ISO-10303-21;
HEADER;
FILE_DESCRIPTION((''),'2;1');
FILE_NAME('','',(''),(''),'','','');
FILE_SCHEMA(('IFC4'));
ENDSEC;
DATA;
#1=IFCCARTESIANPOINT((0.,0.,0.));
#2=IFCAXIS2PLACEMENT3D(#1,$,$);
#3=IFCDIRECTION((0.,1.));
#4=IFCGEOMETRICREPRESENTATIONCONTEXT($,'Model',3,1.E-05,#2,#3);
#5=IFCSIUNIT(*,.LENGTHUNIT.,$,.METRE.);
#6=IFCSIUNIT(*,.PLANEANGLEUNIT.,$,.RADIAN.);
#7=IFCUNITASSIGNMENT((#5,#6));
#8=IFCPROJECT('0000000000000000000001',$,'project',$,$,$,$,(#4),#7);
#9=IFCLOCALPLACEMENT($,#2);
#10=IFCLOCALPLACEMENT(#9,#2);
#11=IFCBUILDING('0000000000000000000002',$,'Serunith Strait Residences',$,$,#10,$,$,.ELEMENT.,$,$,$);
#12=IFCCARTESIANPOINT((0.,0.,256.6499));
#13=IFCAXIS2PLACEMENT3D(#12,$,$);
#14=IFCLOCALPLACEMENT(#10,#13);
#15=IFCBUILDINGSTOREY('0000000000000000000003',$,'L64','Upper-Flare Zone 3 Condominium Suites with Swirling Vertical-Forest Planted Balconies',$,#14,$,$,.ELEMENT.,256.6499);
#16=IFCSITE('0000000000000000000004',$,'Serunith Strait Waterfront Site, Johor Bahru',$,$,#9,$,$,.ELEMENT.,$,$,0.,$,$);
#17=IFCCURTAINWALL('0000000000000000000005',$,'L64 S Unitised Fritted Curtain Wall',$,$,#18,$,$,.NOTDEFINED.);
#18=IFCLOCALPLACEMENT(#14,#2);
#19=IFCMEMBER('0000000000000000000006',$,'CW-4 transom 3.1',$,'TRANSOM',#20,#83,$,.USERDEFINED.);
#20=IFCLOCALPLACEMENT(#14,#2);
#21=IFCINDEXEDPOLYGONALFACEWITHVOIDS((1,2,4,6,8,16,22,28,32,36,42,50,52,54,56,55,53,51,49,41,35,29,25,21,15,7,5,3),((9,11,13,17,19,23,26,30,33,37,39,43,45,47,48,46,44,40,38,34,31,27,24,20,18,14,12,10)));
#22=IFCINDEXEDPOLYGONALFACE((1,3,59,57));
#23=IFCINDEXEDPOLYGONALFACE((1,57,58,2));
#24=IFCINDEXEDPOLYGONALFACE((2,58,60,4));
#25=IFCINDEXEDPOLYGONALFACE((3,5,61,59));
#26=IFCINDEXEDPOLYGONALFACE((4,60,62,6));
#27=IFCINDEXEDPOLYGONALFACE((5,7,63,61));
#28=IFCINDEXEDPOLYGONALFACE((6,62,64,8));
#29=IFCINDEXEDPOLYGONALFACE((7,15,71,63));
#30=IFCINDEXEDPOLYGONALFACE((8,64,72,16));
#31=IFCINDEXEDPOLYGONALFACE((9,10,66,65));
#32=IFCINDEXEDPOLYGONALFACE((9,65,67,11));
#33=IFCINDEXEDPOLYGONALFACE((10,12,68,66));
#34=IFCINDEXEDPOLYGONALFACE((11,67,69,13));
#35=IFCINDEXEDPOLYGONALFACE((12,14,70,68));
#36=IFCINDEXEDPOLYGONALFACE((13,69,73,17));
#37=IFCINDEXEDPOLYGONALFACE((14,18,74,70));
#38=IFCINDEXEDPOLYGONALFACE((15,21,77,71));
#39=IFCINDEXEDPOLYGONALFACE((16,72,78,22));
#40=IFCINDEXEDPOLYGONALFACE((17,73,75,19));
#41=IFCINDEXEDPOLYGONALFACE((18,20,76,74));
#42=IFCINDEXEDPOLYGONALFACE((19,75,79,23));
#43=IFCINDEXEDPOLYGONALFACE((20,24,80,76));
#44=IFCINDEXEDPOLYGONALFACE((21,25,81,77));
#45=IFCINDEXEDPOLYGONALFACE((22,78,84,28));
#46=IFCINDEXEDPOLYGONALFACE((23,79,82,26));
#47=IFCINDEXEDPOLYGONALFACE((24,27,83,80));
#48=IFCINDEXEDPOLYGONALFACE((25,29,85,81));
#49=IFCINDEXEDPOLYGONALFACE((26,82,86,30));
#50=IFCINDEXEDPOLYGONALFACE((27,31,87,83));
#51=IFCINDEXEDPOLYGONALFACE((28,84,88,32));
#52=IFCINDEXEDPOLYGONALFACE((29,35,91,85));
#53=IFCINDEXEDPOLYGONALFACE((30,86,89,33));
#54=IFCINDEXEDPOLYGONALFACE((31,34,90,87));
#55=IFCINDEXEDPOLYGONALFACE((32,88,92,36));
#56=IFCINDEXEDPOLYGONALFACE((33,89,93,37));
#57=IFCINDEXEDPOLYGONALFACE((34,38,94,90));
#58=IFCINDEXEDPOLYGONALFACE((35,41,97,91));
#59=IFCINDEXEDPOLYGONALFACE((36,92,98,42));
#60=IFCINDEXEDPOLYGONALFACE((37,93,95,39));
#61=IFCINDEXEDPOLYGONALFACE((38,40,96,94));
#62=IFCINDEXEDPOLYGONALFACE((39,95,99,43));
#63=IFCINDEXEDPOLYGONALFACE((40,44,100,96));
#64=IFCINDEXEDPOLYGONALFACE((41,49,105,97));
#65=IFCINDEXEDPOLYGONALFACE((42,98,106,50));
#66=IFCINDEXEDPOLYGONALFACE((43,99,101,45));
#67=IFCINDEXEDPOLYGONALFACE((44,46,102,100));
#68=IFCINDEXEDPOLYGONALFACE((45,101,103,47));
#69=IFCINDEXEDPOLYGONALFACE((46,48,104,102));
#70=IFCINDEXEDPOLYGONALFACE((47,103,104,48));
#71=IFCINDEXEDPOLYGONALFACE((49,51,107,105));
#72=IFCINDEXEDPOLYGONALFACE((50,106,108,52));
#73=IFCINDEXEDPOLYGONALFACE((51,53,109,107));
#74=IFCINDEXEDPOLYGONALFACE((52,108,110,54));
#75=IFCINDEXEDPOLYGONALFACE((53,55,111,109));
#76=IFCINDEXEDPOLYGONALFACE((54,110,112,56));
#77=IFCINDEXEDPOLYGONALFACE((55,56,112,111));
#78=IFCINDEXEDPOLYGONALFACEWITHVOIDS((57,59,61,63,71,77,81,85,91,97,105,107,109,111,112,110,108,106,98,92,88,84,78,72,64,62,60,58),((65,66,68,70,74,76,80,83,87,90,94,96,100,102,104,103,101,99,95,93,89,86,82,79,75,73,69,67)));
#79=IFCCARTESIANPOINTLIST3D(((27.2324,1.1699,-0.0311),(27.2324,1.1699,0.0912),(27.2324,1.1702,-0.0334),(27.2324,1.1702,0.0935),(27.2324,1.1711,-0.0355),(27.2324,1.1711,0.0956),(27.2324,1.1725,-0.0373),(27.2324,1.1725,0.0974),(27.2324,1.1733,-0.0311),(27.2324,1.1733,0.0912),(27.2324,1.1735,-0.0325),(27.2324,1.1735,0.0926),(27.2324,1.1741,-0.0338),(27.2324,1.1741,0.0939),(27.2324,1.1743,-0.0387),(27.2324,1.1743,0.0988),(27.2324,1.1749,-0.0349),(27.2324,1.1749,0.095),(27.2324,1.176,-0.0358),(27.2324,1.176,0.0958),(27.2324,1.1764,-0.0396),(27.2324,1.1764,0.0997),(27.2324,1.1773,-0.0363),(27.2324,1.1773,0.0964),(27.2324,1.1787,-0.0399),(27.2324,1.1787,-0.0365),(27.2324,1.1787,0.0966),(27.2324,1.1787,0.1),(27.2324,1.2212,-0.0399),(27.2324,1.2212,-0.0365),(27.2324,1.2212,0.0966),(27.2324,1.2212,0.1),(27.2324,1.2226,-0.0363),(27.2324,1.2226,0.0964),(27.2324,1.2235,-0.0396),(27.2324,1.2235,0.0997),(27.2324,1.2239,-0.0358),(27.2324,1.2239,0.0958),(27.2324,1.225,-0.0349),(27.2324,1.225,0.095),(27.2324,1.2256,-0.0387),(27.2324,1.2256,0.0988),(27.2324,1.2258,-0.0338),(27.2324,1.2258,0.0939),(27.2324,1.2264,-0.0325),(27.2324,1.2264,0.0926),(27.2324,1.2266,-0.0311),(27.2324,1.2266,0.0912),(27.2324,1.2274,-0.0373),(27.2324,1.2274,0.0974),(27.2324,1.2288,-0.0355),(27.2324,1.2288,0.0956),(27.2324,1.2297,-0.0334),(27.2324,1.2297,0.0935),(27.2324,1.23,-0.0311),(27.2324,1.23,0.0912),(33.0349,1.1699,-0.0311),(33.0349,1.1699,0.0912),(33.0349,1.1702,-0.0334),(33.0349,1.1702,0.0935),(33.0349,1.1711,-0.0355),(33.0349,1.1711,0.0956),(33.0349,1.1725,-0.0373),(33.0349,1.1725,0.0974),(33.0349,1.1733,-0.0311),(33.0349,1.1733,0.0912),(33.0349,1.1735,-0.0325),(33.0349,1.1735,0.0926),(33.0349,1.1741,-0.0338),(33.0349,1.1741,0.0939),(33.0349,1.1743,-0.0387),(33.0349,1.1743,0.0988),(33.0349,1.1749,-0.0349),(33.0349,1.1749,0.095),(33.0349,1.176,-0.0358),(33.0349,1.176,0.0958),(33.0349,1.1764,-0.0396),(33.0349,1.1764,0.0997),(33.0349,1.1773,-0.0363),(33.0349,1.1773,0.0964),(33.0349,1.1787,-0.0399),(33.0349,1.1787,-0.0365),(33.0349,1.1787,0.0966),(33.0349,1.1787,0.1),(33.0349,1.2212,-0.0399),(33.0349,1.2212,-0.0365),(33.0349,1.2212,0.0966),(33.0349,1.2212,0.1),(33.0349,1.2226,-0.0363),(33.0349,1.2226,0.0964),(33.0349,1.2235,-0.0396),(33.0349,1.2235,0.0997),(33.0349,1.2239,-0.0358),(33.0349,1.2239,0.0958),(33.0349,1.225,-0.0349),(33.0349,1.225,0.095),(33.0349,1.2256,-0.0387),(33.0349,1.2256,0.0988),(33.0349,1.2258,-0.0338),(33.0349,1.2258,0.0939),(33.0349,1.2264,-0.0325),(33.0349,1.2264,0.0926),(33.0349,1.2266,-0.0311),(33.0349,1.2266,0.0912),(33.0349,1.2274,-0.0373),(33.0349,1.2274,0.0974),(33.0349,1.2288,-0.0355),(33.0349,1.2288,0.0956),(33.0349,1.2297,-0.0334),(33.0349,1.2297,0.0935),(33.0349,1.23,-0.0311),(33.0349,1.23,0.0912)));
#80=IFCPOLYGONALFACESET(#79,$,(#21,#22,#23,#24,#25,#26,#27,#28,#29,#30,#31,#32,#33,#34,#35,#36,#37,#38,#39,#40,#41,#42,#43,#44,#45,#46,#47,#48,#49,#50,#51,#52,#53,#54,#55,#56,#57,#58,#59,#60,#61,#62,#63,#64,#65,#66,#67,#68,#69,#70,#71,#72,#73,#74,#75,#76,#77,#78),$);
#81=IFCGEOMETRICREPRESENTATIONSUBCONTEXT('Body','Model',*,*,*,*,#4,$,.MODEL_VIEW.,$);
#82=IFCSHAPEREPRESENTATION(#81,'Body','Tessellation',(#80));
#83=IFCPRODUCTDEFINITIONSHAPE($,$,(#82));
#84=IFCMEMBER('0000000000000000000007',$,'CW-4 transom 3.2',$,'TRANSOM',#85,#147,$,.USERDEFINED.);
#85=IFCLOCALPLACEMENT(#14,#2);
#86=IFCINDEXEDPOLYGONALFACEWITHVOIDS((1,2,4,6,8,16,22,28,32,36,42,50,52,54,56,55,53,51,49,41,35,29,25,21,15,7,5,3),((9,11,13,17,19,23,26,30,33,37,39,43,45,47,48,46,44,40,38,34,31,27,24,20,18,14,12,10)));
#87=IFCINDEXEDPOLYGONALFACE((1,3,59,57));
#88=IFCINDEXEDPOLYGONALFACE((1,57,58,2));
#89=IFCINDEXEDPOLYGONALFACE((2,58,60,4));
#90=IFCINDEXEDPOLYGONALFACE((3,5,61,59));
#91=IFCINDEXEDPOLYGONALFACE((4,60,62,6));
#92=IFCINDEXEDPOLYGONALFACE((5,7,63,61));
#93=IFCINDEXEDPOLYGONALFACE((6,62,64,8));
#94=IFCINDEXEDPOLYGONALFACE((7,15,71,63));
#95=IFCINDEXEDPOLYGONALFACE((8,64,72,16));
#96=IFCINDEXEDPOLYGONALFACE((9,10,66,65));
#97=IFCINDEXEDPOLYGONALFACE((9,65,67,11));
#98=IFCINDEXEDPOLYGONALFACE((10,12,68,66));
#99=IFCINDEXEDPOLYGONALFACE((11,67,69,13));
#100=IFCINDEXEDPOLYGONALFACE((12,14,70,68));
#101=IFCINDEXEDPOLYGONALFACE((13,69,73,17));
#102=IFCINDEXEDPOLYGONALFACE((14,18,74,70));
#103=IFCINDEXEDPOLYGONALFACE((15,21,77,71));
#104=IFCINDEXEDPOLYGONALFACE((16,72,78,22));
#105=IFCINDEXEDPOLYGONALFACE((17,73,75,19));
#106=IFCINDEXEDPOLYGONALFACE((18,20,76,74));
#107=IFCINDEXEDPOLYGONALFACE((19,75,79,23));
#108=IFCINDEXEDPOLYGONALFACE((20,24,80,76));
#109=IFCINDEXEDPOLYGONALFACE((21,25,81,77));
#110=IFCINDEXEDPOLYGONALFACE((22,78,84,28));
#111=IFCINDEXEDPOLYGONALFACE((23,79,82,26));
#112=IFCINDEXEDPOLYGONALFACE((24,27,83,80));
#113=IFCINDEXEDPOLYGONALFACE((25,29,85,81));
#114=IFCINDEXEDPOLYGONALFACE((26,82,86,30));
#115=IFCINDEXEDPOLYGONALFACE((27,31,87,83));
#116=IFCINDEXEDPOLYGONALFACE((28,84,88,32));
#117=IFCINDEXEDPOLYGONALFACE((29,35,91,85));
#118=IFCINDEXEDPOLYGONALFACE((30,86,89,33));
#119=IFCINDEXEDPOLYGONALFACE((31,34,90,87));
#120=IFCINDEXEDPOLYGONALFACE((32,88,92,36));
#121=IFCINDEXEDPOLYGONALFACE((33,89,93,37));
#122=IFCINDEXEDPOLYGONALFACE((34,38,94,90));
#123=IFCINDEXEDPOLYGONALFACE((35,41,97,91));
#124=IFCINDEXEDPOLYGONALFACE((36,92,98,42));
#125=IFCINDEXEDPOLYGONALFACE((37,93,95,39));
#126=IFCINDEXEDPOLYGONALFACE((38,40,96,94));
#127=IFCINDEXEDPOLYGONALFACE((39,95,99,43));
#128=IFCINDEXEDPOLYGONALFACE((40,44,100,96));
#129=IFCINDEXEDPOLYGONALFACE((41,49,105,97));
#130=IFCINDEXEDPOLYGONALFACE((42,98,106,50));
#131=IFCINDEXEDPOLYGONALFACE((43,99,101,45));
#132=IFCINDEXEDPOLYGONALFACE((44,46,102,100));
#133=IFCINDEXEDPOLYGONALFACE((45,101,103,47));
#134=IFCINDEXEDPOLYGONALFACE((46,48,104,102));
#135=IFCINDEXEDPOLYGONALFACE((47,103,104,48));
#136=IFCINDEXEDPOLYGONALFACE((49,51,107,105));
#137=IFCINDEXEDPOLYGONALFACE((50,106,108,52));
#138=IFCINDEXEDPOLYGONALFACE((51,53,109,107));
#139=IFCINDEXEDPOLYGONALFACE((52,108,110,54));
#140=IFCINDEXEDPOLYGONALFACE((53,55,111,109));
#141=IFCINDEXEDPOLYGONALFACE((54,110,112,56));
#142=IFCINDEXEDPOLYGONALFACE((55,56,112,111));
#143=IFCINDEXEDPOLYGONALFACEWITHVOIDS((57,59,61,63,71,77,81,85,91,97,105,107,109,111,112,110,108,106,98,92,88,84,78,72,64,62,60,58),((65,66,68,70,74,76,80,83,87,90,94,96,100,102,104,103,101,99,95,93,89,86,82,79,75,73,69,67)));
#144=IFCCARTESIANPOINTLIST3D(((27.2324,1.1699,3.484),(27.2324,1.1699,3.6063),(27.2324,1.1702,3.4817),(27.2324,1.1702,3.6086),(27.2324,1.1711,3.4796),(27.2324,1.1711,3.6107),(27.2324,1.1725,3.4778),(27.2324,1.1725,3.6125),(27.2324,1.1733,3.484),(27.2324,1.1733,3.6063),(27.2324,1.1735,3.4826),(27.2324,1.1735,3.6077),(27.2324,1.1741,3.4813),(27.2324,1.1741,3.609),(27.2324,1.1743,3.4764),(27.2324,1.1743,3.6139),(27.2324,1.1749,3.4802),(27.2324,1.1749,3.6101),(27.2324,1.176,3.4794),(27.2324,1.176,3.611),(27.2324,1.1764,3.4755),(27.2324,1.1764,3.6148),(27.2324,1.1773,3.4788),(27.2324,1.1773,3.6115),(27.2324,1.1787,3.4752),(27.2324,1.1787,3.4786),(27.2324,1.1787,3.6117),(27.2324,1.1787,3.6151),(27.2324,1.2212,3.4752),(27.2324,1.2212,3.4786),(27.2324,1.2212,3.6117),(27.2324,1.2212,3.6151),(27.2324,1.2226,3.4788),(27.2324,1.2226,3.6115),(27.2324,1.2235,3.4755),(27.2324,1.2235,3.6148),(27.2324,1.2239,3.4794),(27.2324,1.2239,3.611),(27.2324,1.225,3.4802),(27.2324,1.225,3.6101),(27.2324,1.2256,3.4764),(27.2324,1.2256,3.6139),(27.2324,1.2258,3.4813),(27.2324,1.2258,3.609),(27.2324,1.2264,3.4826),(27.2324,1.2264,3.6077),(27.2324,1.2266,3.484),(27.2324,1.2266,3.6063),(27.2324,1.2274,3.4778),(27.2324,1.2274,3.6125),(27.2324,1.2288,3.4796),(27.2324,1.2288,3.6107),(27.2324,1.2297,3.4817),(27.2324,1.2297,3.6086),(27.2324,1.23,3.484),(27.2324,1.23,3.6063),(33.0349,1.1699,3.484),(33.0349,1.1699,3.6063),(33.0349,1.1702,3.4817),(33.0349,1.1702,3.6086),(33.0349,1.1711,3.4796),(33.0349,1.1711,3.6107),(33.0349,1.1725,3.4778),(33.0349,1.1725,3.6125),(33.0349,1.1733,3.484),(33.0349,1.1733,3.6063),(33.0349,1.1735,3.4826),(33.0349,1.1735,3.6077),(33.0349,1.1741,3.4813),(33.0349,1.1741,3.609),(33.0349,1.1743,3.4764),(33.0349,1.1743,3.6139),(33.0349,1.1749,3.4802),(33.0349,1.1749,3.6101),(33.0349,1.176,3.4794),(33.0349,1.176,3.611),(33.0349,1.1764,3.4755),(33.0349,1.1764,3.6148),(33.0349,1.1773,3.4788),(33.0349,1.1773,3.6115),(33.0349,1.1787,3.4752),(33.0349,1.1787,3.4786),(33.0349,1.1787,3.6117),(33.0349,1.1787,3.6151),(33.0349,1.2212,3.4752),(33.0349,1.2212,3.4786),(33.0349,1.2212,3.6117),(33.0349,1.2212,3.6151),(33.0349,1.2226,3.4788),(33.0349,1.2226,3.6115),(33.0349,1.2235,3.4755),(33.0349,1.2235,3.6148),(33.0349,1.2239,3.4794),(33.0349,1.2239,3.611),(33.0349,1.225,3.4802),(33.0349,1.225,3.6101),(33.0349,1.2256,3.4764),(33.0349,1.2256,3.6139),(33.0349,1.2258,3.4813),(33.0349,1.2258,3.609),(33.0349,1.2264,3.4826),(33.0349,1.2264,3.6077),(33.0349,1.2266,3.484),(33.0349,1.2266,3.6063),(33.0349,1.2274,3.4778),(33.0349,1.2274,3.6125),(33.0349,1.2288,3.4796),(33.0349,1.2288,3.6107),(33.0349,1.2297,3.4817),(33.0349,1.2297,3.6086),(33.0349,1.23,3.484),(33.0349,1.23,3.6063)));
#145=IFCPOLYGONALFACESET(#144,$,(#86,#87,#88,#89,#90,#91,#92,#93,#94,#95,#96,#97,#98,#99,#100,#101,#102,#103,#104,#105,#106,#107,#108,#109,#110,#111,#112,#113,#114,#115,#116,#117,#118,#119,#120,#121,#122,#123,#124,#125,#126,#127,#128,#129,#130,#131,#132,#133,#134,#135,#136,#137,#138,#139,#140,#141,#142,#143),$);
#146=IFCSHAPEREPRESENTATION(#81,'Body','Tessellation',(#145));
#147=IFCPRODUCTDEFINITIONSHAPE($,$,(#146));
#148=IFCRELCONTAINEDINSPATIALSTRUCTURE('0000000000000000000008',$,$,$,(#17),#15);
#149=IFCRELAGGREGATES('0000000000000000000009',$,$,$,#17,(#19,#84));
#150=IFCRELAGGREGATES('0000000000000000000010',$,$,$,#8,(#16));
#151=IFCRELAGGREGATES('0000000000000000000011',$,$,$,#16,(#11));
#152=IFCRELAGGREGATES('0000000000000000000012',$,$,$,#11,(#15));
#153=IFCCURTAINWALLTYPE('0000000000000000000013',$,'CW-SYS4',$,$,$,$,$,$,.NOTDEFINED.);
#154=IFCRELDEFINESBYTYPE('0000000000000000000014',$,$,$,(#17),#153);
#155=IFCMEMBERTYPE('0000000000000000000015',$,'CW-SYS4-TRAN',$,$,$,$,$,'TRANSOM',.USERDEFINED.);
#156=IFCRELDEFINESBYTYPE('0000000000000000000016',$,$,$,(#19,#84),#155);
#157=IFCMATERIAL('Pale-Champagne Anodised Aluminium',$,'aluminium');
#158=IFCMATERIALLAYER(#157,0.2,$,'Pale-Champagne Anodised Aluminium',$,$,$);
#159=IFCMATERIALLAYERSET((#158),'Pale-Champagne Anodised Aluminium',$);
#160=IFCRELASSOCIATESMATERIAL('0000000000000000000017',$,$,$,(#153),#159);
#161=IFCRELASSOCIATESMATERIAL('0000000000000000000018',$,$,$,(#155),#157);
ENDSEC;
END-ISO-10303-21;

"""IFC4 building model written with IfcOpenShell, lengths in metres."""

from ifc_helpers import new_model, si_unit, direction, frame, origin, origin_2d, place, context, subcontext, project, spatial, hollow_rectangle, extrude, source, transform, mapped, material, layer, layer_set, material_profile, profile_set, type_object, element, aggregate, save


model = new_model("IFC4")

# Units and contexts
model_context = context("Model", 3, precision=1e-05, world=origin(), true_north=direction((0.0, 1.0)))
body_context = subcontext(model_context, "Body", "Model", "MODEL_VIEW")
ifc_project = project(units=[si_unit("LENGTHUNIT", "METRE"), si_unit("PLANEANGLEUNIT", "RADIAN")], contexts=[model_context])

# Site, building, storey
site_placement = place(None, origin())
site = spatial("IfcSite", under=ifc_project, at=site_placement, Name="Serunith Strait Waterfront Site, Johor Bahru", CompositionType="ELEMENT", RefElevation=0.0)
building_placement = place(site_placement, origin())
building = spatial("IfcBuilding", under=site, at=building_placement, Name="Serunith Strait Residences", CompositionType="ELEMENT")
storey_placement = place(building_placement, frame((0.0, 0.0, 256.6499)))
storey = spatial("IfcBuildingStorey", under=building, at=storey_placement, Name="L64", Description="Upper-Flare Zone 3 Condominium Suites with Swirling Vertical-Forest Planted Balconies", CompositionType="ELEMENT", Elevation=256.6499)

# Curtain wall, members
ifc_material_1 = material(Name="Pale-Champagne Anodised Aluminium", Category="aluminium")
ifc_layer_1 = layer(ifc_material_1, 0.2, Name="Pale-Champagne Anodised Aluminium")
ifc_layer_set_1 = layer_set([ifc_layer_1], Name="Pale-Champagne Anodised Aluminium")
curtain_wall_type = type_object("IfcCurtainWallType", Name="CW-SYS4", PredefinedType="NOTDEFINED", material=ifc_layer_set_1)
curtain_wall_placement = place(storey_placement, origin())
curtain_wall = element("IfcCurtainWall", 1, at=curtain_wall_placement, inside=storey, type_object=curtain_wall_type, Name="L64 S Unitised Fritted Curtain Wall", PredefinedType="NOTDEFINED")
ifc_material_profile_1 = material_profile(ifc_material_1, hollow_rectangle(XDim=0.0601, YDim=0.1399, WallThickness=0.0034, InnerFilletRadius=0.0054, OuterFilletRadius=0.0088, at=origin_2d()), Name="ALU 140x60x3.5")
ifc_profile_set_1 = profile_set([ifc_material_profile_1], Name="Pale-Champagne Anodised Aluminium")
member_type_1 = type_object("IfcMemberType", Name="CW-SYS4-TRAN", ElementType="TRANSOM", PredefinedType="USERDEFINED", material=ifc_profile_set_1)
shared_shape_1 = source(origin(), body_context, "Body", "SweptSolid", [
    extrude(hollow_rectangle(XDim=0.0601, YDim=0.1399, WallThickness=0.0034, InnerFilletRadius=0.0054, OuterFilletRadius=0.0088, at=origin_2d()), origin(), (0.0, 0.0, 1.0), 5.8025),
])
member_1_placement = place(storey_placement, frame((27.2324, 1.2, 0.03), z_axis=(1.0, 0.0, 0.0), x_axis=(0.0, 1.0, 0.0)))
member_1 = element("IfcMember", 2, at=member_1_placement, type_object=member_type_1, Name="CW-4 transom 3.1", ObjectType="TRANSOM", PredefinedType="USERDEFINED", context=body_context, shape_type="MappedRepresentation", body=[
    mapped(shared_shape_1, transform((0.0, 0.0, 0.0), scale=1.0)),
])
member_2_placement = place(storey_placement, frame((27.2324, 1.2, 3.5452), z_axis=(1.0, 0.0, 0.0), x_axis=(0.0, 1.0, 0.0)))
member_2 = element("IfcMember", 3, at=member_2_placement, type_object=member_type_1, Name="CW-4 transom 3.2", ObjectType="TRANSOM", PredefinedType="USERDEFINED", context=body_context, shape_type="MappedRepresentation", body=[
    mapped(shared_shape_1, transform((0.0, 0.0, 0.0), scale=1.0)),
])
aggregate(curtain_wall, [member_1, member_2])

save(model, "model.ifc")
